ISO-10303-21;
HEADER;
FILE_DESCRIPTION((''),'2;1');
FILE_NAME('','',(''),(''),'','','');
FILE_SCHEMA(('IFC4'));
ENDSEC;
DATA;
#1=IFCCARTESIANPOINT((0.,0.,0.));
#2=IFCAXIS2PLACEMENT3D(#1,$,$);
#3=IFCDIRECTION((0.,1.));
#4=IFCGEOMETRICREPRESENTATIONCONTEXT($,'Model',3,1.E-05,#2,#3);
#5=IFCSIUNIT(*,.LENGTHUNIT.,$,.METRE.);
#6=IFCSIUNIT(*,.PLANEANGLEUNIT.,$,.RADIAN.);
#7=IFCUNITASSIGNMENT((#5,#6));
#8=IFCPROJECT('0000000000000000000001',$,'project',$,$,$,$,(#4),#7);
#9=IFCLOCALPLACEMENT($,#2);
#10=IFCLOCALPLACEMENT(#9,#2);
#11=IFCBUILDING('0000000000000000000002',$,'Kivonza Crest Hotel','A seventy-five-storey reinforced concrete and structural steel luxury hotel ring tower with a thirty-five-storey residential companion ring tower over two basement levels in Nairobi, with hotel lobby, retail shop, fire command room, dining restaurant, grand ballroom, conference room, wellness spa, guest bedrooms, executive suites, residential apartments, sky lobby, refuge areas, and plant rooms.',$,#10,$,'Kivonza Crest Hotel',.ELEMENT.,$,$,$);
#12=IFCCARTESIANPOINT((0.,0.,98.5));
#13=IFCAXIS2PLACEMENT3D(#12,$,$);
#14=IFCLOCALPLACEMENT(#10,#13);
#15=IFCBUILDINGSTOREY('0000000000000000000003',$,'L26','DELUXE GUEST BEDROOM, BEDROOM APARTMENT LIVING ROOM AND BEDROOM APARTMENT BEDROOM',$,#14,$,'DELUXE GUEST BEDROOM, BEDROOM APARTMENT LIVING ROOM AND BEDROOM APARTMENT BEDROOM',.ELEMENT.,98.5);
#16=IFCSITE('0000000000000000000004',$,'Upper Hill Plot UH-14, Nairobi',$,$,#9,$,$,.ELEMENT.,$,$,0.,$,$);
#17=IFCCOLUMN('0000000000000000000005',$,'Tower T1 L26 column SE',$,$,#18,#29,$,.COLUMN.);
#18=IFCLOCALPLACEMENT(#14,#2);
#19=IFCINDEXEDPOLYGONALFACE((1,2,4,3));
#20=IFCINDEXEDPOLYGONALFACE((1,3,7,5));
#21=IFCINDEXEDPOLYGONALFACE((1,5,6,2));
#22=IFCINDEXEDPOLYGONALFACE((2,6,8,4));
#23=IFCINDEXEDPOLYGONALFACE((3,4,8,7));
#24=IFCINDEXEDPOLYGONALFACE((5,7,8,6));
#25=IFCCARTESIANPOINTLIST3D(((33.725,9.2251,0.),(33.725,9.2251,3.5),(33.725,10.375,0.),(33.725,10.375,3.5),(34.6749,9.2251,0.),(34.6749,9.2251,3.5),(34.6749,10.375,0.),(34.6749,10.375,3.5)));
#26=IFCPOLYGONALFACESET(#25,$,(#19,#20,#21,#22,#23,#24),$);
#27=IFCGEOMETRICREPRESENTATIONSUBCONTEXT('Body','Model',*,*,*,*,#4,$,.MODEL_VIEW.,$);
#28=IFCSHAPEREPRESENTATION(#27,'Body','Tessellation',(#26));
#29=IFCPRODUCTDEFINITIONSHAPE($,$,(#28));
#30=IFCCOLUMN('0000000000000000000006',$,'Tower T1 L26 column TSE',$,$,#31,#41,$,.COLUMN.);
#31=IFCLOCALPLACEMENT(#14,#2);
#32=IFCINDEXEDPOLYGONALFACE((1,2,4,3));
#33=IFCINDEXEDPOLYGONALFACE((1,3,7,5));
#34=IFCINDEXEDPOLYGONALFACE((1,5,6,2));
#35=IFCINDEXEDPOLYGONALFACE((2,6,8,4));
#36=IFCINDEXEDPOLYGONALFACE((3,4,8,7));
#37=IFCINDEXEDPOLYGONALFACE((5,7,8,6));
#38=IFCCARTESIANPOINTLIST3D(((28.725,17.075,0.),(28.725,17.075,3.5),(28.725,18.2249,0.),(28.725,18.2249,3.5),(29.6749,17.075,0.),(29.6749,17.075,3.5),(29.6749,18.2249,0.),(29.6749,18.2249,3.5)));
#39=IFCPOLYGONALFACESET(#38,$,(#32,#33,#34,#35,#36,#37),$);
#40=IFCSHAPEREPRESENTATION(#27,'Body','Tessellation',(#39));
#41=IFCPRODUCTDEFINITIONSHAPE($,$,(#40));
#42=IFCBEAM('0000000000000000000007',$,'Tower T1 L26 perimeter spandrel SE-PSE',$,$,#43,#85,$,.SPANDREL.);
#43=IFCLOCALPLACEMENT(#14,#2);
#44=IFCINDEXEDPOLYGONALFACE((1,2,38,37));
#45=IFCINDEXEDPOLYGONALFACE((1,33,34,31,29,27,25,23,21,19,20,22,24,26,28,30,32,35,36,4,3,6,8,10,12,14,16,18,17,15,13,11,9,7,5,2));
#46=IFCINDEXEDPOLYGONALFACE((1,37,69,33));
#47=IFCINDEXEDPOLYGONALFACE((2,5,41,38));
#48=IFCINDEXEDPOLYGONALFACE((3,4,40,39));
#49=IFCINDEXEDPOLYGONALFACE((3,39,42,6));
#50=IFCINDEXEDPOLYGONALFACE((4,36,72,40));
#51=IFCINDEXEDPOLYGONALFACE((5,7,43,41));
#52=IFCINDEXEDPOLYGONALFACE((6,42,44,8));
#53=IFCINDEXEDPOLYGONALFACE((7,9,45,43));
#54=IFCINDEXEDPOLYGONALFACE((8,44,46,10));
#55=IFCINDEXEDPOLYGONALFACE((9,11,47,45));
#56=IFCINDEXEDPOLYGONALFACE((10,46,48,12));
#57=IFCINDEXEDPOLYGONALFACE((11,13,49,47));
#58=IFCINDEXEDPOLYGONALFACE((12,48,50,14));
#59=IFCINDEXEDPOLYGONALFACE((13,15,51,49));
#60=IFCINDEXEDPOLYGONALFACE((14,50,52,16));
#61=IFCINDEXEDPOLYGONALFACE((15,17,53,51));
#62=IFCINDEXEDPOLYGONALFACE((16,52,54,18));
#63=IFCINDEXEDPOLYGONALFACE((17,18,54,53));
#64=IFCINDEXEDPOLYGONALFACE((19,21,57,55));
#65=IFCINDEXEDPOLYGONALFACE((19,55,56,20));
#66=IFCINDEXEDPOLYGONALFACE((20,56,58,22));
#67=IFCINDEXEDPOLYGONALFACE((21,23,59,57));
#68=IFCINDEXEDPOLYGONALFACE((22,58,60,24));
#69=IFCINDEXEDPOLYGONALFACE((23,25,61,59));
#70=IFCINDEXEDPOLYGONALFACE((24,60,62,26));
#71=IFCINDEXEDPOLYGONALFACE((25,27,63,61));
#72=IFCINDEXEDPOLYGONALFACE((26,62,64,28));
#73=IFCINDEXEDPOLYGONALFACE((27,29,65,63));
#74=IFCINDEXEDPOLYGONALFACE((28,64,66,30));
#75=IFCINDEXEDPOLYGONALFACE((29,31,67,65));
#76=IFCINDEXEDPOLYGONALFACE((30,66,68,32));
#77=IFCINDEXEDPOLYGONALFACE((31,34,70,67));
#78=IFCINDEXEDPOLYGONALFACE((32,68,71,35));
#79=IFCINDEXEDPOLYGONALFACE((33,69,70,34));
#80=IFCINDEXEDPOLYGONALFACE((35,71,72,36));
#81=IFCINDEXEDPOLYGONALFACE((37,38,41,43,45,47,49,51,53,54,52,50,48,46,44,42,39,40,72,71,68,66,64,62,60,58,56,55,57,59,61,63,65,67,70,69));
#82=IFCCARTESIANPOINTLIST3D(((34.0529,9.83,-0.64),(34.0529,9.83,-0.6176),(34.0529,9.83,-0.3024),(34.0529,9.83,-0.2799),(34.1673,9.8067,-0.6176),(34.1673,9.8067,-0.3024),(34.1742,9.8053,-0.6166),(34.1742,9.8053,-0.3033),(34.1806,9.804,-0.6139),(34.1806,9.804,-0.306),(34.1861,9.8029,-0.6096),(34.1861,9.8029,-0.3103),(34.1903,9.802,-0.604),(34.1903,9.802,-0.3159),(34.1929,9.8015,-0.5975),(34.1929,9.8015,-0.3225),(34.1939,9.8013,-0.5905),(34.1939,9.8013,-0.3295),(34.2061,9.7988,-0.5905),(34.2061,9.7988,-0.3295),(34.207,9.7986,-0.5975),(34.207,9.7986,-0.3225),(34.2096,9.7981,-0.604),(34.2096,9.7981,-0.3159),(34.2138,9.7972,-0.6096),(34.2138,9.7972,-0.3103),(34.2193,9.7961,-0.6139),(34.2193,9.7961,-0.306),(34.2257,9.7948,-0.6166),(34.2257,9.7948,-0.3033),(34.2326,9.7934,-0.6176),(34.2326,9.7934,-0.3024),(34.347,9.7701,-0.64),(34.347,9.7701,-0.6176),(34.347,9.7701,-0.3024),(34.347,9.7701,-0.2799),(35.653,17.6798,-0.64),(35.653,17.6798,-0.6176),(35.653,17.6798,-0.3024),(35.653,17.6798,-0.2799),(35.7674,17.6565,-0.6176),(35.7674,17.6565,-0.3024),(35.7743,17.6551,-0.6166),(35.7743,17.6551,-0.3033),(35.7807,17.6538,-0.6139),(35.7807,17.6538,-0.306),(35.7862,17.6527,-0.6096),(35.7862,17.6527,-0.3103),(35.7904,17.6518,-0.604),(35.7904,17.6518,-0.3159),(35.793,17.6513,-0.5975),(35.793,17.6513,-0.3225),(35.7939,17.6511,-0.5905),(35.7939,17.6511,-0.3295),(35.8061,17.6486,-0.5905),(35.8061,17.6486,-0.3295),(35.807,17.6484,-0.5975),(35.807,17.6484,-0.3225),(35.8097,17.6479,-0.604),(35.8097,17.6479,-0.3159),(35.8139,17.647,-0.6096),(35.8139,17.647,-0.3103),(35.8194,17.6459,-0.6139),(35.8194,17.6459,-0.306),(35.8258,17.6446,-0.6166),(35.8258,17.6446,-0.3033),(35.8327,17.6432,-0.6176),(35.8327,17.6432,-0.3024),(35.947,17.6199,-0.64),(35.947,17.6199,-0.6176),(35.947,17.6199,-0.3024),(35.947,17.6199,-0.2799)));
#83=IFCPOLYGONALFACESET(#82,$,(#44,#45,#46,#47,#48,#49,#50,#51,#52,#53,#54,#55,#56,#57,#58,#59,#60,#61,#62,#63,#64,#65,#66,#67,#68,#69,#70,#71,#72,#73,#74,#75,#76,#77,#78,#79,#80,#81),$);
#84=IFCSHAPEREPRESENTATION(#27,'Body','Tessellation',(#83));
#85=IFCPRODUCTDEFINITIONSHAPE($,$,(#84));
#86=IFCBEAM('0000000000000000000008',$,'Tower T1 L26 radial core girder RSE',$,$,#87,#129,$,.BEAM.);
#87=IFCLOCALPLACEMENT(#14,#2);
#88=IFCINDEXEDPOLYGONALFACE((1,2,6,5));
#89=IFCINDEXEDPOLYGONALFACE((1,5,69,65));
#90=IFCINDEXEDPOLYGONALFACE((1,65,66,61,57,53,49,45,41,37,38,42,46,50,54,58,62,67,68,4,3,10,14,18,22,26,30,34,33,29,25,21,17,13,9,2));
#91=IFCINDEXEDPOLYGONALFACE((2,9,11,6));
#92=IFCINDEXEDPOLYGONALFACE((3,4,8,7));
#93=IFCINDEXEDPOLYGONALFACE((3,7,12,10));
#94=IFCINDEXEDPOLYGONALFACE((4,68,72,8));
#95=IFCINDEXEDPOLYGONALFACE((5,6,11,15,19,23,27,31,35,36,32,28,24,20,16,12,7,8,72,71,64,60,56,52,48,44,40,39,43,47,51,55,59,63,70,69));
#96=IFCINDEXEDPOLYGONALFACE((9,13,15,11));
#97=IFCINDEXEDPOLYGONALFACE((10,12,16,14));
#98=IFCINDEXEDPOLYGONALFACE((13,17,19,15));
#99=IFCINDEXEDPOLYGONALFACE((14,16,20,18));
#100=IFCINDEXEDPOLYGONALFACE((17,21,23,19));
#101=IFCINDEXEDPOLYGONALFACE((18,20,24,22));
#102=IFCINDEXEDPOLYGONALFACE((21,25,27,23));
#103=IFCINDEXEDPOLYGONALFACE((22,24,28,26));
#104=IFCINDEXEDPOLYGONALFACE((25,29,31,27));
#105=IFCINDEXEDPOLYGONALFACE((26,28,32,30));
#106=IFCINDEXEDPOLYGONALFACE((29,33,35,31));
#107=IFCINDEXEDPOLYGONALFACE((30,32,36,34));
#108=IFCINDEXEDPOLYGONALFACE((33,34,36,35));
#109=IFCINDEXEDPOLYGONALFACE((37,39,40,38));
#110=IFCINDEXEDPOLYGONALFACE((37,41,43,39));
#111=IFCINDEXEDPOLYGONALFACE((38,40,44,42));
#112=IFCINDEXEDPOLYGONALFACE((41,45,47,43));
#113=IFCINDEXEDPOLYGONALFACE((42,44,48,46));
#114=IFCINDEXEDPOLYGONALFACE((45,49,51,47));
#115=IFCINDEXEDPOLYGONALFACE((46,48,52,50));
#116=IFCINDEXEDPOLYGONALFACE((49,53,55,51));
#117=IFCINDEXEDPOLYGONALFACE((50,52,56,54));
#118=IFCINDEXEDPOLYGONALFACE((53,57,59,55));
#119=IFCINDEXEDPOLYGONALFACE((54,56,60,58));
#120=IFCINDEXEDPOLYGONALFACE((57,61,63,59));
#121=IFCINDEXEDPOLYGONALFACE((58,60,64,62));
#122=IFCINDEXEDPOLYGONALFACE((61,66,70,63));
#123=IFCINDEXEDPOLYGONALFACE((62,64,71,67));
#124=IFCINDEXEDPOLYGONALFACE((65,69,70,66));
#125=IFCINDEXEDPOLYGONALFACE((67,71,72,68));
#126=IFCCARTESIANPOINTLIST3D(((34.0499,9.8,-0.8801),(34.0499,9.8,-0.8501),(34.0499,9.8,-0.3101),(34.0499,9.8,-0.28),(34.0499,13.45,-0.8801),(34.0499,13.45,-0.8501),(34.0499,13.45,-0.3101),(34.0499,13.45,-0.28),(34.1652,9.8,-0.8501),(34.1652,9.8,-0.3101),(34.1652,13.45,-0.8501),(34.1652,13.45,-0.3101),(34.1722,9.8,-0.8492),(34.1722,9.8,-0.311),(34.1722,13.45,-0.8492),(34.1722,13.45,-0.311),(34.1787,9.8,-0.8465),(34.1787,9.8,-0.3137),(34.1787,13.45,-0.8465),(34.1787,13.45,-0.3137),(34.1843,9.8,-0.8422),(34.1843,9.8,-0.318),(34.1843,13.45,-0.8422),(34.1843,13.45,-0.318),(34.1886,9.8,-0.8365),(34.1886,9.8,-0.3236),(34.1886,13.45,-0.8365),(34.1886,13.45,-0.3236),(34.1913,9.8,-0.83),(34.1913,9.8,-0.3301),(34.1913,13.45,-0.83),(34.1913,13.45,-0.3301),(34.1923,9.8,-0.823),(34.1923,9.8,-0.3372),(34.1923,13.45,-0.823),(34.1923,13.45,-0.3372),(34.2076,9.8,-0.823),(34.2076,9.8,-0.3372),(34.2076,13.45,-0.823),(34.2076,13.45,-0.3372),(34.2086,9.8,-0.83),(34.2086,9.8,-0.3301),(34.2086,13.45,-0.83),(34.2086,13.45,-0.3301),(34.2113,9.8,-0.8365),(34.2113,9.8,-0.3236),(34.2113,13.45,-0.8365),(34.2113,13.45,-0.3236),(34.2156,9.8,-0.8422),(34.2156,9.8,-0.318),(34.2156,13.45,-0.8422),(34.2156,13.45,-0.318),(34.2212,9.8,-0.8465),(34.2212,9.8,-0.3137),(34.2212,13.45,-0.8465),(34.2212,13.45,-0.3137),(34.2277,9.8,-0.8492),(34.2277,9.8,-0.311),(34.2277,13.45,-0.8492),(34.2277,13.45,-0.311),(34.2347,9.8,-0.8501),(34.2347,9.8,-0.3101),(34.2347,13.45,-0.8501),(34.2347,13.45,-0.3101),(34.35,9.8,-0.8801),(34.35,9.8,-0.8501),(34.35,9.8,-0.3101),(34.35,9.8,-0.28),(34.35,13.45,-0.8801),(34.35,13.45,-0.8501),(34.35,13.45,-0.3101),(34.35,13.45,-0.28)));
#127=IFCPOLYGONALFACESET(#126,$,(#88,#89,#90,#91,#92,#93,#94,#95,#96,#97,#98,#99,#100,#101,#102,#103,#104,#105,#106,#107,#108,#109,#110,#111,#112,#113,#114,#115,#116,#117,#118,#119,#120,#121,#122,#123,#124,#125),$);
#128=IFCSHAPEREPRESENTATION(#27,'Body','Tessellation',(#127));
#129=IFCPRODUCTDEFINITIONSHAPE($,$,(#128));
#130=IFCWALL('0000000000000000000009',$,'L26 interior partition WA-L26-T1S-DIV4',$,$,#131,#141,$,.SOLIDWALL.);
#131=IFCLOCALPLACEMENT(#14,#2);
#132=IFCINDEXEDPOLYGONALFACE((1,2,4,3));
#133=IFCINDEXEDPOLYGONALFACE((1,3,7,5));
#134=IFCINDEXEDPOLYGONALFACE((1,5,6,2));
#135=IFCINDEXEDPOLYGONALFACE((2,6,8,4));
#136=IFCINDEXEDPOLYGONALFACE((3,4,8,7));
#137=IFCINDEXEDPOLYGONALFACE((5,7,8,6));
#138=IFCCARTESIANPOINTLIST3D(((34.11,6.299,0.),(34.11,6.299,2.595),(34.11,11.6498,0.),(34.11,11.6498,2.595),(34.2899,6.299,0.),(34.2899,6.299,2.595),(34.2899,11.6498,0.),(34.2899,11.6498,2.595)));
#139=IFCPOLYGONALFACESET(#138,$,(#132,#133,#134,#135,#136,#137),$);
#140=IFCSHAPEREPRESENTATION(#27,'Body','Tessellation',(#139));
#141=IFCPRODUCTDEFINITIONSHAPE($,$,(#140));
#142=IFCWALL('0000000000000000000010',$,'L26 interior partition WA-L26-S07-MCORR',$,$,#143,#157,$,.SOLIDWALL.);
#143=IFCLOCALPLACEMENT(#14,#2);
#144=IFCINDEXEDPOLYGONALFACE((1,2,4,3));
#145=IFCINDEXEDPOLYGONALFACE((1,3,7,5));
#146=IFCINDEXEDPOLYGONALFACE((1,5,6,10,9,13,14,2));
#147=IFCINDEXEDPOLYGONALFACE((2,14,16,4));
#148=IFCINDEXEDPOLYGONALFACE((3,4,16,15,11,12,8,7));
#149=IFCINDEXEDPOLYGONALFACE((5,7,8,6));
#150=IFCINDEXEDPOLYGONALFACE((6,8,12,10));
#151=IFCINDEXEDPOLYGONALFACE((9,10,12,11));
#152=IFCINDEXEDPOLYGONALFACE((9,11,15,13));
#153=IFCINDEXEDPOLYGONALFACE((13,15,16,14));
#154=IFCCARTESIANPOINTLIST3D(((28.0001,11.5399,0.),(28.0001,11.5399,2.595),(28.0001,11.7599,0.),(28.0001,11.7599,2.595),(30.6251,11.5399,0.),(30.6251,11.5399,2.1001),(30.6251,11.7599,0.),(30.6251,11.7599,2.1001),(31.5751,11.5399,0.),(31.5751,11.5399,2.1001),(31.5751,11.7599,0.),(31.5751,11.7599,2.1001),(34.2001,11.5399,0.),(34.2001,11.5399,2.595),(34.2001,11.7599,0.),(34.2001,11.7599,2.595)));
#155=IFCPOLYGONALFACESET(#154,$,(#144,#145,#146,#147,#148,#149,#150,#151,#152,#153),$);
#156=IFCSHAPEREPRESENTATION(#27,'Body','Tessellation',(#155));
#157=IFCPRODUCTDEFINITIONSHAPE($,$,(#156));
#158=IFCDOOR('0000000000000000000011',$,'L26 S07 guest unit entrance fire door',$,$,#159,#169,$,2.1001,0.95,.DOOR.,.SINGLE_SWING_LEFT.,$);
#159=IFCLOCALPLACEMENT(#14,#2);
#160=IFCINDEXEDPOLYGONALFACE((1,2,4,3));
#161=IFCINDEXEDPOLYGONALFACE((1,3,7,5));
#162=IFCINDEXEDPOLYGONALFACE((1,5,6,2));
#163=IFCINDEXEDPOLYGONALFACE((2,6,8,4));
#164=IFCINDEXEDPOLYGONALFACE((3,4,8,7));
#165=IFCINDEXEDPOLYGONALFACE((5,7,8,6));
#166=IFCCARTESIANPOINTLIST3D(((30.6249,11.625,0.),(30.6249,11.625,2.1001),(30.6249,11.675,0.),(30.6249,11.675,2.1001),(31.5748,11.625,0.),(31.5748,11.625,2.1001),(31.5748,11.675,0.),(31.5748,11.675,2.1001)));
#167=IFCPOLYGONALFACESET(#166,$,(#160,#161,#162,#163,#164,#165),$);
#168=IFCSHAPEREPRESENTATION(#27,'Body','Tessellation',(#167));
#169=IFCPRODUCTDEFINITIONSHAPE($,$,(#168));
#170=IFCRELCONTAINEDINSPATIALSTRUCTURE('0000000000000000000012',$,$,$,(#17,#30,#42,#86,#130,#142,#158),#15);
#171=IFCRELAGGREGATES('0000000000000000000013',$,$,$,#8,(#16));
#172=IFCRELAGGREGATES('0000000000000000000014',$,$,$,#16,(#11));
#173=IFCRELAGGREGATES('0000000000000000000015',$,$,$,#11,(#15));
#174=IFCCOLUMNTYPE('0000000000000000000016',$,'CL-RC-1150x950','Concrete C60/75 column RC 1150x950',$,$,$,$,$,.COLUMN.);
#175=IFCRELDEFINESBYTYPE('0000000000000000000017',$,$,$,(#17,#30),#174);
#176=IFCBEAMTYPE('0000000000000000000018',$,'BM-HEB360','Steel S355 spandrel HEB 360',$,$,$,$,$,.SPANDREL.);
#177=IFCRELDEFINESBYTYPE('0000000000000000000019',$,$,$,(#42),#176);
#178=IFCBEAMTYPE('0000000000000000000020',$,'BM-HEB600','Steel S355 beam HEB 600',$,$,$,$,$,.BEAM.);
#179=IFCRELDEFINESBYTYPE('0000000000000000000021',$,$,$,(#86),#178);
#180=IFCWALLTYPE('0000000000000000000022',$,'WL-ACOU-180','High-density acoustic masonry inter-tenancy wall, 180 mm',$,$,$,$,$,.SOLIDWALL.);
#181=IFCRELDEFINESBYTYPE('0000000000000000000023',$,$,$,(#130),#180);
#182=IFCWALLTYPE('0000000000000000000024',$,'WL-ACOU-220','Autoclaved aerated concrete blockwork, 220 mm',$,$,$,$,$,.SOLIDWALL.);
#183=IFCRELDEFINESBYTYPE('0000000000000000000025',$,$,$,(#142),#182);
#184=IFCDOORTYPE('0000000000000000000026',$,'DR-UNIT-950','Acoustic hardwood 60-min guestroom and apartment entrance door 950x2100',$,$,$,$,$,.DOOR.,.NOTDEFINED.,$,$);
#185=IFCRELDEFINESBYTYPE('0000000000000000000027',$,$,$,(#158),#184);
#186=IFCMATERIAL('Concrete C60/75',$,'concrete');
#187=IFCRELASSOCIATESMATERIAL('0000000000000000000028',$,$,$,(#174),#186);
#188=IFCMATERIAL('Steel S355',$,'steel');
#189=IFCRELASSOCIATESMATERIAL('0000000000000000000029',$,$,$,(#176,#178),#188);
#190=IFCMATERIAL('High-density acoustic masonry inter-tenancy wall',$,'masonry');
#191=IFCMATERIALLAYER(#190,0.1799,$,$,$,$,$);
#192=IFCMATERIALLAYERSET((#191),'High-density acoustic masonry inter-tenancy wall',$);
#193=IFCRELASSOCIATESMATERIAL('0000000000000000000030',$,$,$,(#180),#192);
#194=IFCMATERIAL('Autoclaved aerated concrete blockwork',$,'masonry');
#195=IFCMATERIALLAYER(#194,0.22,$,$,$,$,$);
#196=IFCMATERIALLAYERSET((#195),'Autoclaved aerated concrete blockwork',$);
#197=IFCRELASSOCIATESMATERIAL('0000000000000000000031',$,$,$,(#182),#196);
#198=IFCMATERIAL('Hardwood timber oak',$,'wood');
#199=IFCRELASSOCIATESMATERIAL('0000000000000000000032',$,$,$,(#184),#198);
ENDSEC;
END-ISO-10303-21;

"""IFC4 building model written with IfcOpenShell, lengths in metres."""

from ifc_helpers import new_model, si_unit, direction, frame, frame_2d, origin, origin_2d, place, context, subcontext, project, spatial, rectangle, i_section, extrude, material, layer, layer_set, material_profile, profile_set, type_object, element, fill, save


model = new_model("IFC4")

# Units and contexts
model_context = context("Model", 3, precision=1e-05, world=origin(), true_north=direction((0.0, 1.0)))
body_context = subcontext(model_context, "Body", "Model", "MODEL_VIEW")
ifc_project = project(units=[si_unit("LENGTHUNIT", "METRE"), si_unit("PLANEANGLEUNIT", "RADIAN")], contexts=[model_context])

# Site, building, storey
site_placement = place(None, origin())
site = spatial("IfcSite", under=ifc_project, at=site_placement, Name="Upper Hill Plot UH-14, Nairobi", CompositionType="ELEMENT", RefElevation=0.0)
building_placement = place(site_placement, origin())
building = spatial("IfcBuilding", under=site, at=building_placement, Name="Kivonza Crest Hotel", Description="A seventy-five-storey reinforced concrete and structural steel luxury hotel ring tower with a thirty-five-storey residential companion ring tower over two basement levels in Nairobi, with hotel lobby, retail shop, fire command room, dining restaurant, grand ballroom, conference room, wellness spa, guest bedrooms, executive suites, residential apartments, sky lobby, refuge areas, and plant rooms.", LongName="Kivonza Crest Hotel", CompositionType="ELEMENT")
storey_placement = place(building_placement, frame((0.0, 0.0, 98.5)))
storey = spatial("IfcBuildingStorey", under=building, at=storey_placement, Name="L26", Description="DELUXE GUEST BEDROOM, BEDROOM APARTMENT LIVING ROOM AND BEDROOM APARTMENT BEDROOM", LongName="DELUXE GUEST BEDROOM, BEDROOM APARTMENT LIVING ROOM AND BEDROOM APARTMENT BEDROOM", CompositionType="ELEMENT", Elevation=98.5)

# Columns
ifc_material_1 = material(Name="Concrete C60/75", Category="concrete")
ifc_material_profile_1 = material_profile(ifc_material_1, rectangle(XDim=0.95, YDim=1.1499, at=origin_2d()), Name="RC 1150x950")
ifc_profile_set_1 = profile_set([ifc_material_profile_1], Name="Concrete C60/75")
column_type = type_object("IfcColumnType", Name="CL-RC-1150x950", Description="Concrete C60/75 column RC 1150x950", PredefinedType="COLUMN", material=ifc_profile_set_1)
for number, where, z_axis, x_axis, name in (
    (1, (34.2, 9.8, 0.0), (0.0, 0.0, 1.0), (1.0, 0.0, 0.0), "Tower T1 L26 column SE"),
    (2, (29.2, 17.6499, 0.0), (0.0, 0.0, 1.0), (1.0, 0.0, 0.0), "Tower T1 L26 column TSE"),
):
    element("IfcColumn", number, at=place(storey_placement, frame(where, z_axis=z_axis, x_axis=x_axis)), inside=storey, type_object=column_type, Name=name, PredefinedType="COLUMN", context=body_context, shape_type="SweptSolid", body=[
        extrude(rectangle(XDim=0.95, YDim=1.1499, at=origin_2d()), origin(), (0.0, 0.0, 1.0), 3.5),
    ])

# Beams
ifc_material_2 = material(Name="Steel S355", Category="steel")
ifc_material_profile_2 = material_profile(ifc_material_2, i_section(OverallWidth=0.3, OverallDepth=0.3601, WebThickness=0.0125, FlangeThickness=0.0225, FilletRadius=0.0271, at=origin_2d()), Name="HEB 360")
ifc_profile_set_2 = profile_set([ifc_material_profile_2], Name="Steel S355")
beam_type_1 = type_object("IfcBeamType", Name="BM-HEB360", Description="Steel S355 spandrel HEB 360", PredefinedType="SPANDREL", material=ifc_profile_set_2)
beam_1_placement = place(storey_placement, frame((34.2, 9.8, -0.46), z_axis=(0.199731, 0.979851, 0.0), x_axis=(-0.979851, 0.199731, 0.0)))
element("IfcBeam", 3, at=beam_1_placement, inside=storey, type_object=beam_type_1, Name="Tower T1 L26 perimeter spandrel SE-PSE", PredefinedType="SPANDREL", context=body_context, shape_type="SweptSolid", body=[
    extrude(i_section(OverallWidth=0.3, OverallDepth=0.3601, WebThickness=0.0125, FlangeThickness=0.0225, FilletRadius=0.0271, at=origin_2d()), origin(), (0.0, 0.0, 1.0), 8.0112),
])
ifc_material_profile_3 = material_profile(ifc_material_2, i_section(OverallWidth=0.3, OverallDepth=0.6001, WebThickness=0.0154, FlangeThickness=0.03, FilletRadius=0.0271, at=origin_2d()), Name="HEB 600")
ifc_profile_set_3 = profile_set([ifc_material_profile_3], Name="Steel S355")
beam_type_2 = type_object("IfcBeamType", Name="BM-HEB600", Description="Steel S355 beam HEB 600", PredefinedType="BEAM", material=ifc_profile_set_3)
beam_2_placement = place(storey_placement, frame((34.2, 9.8, -0.5801), z_axis=(0.0, 1.0, 0.0), x_axis=(-1.0, 0.0, 0.0)))
element("IfcBeam", 4, at=beam_2_placement, inside=storey, type_object=beam_type_2, Name="Tower T1 L26 radial core girder RSE", PredefinedType="BEAM", context=body_context, shape_type="SweptSolid", body=[
    extrude(i_section(OverallWidth=0.3, OverallDepth=0.6001, WebThickness=0.0154, FlangeThickness=0.03, FilletRadius=0.0271, at=origin_2d()), origin(), (0.0, 0.0, 1.0), 3.6499),
])

# Wall
ifc_material_3 = material(Name="High-density acoustic masonry inter-tenancy wall", Category="masonry")
ifc_layer_1 = layer(ifc_material_3, 0.1799)
ifc_layer_set_1 = layer_set([ifc_layer_1], Name="High-density acoustic masonry inter-tenancy wall")
wall_type_1 = type_object("IfcWallType", Name="WL-ACOU-180", Description="High-density acoustic masonry inter-tenancy wall, 180 mm", PredefinedType="SOLIDWALL", material=ifc_layer_set_1)
wall_1_placement = place(storey_placement, frame((34.2, 6.2991, 0.0), z_axis=(0.0, 0.0, 1.0), x_axis=(0.0, 1.0, 0.0)))
element("IfcWall", 5, at=wall_1_placement, inside=storey, type_object=wall_type_1, Name="L26 interior partition WA-L26-T1S-DIV4", PredefinedType="SOLIDWALL", context=body_context, shape_type="SweptSolid", body=[
    extrude(rectangle(XDim=5.3508, YDim=0.1799, at=frame_2d((2.6753, 0.0))), origin(), (0.0, 0.0, 1.0), 2.595),
])

# Wall, opening, door
ifc_material_4 = material(Name="Autoclaved aerated concrete blockwork", Category="masonry")
ifc_layer_2 = layer(ifc_material_4, 0.22)
ifc_layer_set_2 = layer_set([ifc_layer_2], Name="Autoclaved aerated concrete blockwork")
wall_type_2 = type_object("IfcWallType", Name="WL-ACOU-220", Description="Autoclaved aerated concrete blockwork, 220 mm", PredefinedType="SOLIDWALL", material=ifc_layer_set_2)
wall_2_placement = place(storey_placement, frame((28.0, 11.6499, 0.0), z_axis=(0.0, 0.0, 1.0), x_axis=(1.0, 0.0, 0.0)))
wall_2 = element("IfcWall", 6, at=wall_2_placement, inside=storey, type_object=wall_type_2, Name="L26 interior partition WA-L26-S07-MCORR", PredefinedType="SOLIDWALL", context=body_context, shape_type="SweptSolid", body=[
    extrude(rectangle(XDim=6.2, YDim=0.22, at=frame_2d((3.1001, 0.0))), origin(), (0.0, 0.0, 1.0), 2.595),
])
opening_1_placement = place(wall_2_placement, frame((2.625, 0.0, 0.0)))
opening_1 = element("IfcOpeningElement", 7, at=opening_1_placement, cuts=wall_2, PredefinedType="OPENING", context=body_context, shape_type="SweptSolid", body=[
    extrude(rectangle(XDim=0.95, YDim=2.1001, at=frame_2d((0.4751, 1.05))), frame((0.0, 0.1201, 0.0), z_axis=(0.0, -1.0, 0.0), x_axis=(1.0, 0.0, 0.0)), (0.0, 0.0, 1.0), 0.24),
])
ifc_material_5 = material(Name="Hardwood timber oak", Category="wood")
door_type_1 = type_object("IfcDoorType", Name="DR-UNIT-950", Description="Acoustic hardwood 60-min guestroom and apartment entrance door 950x2100", OperationType="NOTDEFINED", PredefinedType="DOOR", material=ifc_material_5)
door_1_placement = place(opening_1_placement, frame((0.95, 0.0, 0.0), z_axis=(0.0, 0.0, 1.0), x_axis=(-1.0, 0.0, 0.0)))
door_1 = element("IfcDoor", 8, at=door_1_placement, inside=storey, type_object=door_type_1, Name="L26 S07 guest unit entrance fire door", OperationType="SINGLE_SWING_LEFT", OverallHeight=2.1001, OverallWidth=0.95, PredefinedType="DOOR", context=body_context, shape_type="SweptSolid", body=[
    extrude(rectangle(XDim=0.95, YDim=2.1001, at=frame_2d((0.4751, 1.05))), frame((0.0, 0.0249, 0.0), z_axis=(0.0, -1.0, 0.0), x_axis=(1.0, 0.0, 0.0)), (0.0, 0.0, 1.0), 0.05),
])
fill(opening_1, door_1)

save(model, "model.ifc")
